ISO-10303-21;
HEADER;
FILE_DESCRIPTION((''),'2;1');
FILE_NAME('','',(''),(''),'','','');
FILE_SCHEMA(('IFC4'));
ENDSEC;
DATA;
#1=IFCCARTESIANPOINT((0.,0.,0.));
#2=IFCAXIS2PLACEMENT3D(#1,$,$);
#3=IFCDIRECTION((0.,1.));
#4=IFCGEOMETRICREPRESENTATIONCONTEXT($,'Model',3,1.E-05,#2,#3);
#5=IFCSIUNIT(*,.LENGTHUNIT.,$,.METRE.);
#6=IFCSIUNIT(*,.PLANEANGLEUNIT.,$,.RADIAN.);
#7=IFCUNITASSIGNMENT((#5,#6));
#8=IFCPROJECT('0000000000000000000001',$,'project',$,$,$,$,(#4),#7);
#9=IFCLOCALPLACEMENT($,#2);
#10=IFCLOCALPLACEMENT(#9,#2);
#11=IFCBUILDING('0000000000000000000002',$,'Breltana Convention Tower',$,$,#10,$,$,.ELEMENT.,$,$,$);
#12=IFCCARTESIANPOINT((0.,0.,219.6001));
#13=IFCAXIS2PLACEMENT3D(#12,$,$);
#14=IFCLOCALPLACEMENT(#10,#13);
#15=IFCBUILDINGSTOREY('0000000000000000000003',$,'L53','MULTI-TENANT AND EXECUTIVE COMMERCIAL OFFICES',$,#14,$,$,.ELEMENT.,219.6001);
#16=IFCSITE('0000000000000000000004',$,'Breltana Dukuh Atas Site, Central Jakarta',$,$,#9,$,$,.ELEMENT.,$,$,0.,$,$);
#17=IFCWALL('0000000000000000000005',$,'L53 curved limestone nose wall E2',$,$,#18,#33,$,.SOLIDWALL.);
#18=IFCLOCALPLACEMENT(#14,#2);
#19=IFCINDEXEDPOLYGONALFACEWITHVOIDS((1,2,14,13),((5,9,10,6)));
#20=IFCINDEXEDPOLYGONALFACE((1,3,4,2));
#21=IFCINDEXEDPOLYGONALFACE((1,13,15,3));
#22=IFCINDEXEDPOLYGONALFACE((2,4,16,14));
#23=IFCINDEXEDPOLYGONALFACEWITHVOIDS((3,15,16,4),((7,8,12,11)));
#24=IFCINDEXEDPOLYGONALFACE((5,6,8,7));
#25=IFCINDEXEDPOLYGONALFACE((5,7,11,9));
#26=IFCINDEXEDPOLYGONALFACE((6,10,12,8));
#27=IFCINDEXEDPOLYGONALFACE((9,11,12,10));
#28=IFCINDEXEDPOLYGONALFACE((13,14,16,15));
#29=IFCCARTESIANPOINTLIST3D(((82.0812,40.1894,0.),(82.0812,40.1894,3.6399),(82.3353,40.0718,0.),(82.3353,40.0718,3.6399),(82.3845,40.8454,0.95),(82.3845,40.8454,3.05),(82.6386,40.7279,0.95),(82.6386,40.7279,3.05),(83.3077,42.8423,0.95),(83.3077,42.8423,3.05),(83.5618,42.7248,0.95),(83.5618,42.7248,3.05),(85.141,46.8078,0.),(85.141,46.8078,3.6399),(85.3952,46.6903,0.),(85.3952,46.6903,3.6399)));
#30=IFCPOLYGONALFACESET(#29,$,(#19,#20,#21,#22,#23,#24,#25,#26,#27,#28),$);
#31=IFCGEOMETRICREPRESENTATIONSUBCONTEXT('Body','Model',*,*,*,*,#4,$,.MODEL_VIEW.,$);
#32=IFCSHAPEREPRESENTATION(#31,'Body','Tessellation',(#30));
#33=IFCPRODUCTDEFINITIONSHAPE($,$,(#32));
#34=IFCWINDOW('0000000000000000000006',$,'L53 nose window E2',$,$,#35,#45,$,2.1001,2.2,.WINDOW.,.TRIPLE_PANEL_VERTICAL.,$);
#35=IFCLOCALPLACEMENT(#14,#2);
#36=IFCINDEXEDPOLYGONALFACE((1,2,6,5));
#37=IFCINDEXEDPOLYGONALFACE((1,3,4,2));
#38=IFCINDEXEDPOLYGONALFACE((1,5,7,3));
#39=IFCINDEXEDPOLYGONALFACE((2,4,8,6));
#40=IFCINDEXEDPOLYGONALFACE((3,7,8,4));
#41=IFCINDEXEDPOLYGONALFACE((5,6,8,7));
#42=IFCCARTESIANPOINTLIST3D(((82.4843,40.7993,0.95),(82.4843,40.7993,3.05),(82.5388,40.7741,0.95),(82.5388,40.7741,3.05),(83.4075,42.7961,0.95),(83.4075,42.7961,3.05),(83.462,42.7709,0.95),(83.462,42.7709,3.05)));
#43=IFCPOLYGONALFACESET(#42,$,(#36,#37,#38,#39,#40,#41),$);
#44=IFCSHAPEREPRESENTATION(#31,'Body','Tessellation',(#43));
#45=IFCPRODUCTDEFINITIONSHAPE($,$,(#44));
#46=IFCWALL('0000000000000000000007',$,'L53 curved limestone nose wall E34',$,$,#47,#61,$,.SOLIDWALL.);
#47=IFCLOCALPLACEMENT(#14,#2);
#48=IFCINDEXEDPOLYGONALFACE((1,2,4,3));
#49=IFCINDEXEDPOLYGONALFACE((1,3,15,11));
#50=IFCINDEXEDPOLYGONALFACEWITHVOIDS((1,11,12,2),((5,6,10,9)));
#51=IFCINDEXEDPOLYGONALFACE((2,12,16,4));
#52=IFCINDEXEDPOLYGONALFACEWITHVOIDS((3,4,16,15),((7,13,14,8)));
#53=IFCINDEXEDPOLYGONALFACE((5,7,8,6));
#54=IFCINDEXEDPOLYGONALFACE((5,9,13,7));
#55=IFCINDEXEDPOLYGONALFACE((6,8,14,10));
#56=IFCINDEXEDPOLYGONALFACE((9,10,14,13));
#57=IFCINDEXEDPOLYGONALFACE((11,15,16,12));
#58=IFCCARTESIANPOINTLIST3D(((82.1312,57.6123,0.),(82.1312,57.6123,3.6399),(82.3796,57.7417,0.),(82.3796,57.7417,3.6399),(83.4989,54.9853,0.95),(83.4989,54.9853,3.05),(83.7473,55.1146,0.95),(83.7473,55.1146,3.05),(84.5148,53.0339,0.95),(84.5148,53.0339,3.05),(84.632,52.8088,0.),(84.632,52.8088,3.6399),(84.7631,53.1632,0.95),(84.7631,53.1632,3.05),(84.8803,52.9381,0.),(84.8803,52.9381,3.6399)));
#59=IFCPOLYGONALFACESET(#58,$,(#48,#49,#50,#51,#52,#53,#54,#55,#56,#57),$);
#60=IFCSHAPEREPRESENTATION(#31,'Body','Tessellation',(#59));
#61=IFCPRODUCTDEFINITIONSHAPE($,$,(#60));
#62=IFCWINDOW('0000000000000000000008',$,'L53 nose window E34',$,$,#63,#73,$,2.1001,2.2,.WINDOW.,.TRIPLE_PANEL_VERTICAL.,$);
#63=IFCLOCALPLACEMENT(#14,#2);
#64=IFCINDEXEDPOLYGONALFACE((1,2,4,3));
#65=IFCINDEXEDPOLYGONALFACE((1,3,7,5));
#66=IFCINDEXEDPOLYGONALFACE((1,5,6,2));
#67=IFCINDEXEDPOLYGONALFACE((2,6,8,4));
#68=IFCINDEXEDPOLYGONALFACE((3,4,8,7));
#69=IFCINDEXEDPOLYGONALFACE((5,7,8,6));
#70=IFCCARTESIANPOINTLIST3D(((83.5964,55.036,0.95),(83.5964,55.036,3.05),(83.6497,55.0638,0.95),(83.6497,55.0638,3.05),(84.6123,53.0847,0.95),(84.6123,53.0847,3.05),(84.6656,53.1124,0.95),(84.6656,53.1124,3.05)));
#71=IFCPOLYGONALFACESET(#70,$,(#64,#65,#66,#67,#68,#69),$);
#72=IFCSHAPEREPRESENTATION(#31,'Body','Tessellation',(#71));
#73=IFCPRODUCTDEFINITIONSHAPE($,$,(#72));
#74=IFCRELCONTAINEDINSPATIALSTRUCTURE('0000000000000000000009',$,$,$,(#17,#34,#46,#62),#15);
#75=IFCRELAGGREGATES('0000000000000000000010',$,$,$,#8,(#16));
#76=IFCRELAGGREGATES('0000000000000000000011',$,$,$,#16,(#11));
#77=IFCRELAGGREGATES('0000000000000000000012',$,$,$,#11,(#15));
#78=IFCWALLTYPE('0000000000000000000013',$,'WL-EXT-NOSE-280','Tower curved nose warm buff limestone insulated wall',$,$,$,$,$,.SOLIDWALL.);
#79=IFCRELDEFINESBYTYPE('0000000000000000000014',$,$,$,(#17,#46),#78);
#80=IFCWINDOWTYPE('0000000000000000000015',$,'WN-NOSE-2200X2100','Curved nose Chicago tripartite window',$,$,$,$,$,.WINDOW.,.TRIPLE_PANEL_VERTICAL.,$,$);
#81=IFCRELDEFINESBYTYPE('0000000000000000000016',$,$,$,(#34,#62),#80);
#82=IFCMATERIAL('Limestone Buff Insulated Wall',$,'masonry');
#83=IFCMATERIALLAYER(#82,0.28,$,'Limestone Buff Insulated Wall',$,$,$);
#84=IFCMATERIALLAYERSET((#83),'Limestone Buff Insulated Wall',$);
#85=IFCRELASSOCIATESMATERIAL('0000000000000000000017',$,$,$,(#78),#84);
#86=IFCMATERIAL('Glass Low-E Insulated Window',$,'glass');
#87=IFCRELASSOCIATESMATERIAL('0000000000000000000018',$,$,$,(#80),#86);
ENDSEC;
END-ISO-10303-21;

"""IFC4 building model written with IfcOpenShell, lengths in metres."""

from ifc_helpers import new_model, si_unit, direction, frame, frame_2d, origin, place, context, subcontext, project, spatial, rectangle, extrude, source, transform, mapped, material, layer, layer_set, type_object, type_shapes, element, fill, save


model = new_model("IFC4")

# Units and contexts
model_context = context("Model", 3, precision=1e-05, world=origin(), true_north=direction((0.0, 1.0)))
body_context = subcontext(model_context, "Body", "Model", "MODEL_VIEW")
ifc_project = project(units=[si_unit("LENGTHUNIT", "METRE"), si_unit("PLANEANGLEUNIT", "RADIAN")], contexts=[model_context])

# Site, building, storey
site_placement = place(None, origin())
site = spatial("IfcSite", under=ifc_project, at=site_placement, Name="Breltana Dukuh Atas Site, Central Jakarta", CompositionType="ELEMENT", RefElevation=0.0)
building_placement = place(site_placement, origin())
building = spatial("IfcBuilding", under=site, at=building_placement, Name="Breltana Convention Tower", CompositionType="ELEMENT")
storey_placement = place(building_placement, frame((0.0, 0.0, 219.6001)))
storey = spatial("IfcBuildingStorey", under=building, at=storey_placement, Name="L53", Description="MULTI-TENANT AND EXECUTIVE COMMERCIAL OFFICES", CompositionType="ELEMENT", Elevation=219.6001)

# Walls, openings, windows
ifc_material_1 = material(Name="Limestone Buff Insulated Wall", Category="masonry")
ifc_layer_1 = layer(ifc_material_1, 0.28, Name="Limestone Buff Insulated Wall")
ifc_layer_set_1 = layer_set([ifc_layer_1], Name="Limestone Buff Insulated Wall")
wall_type = type_object("IfcWallType", Name="WL-EXT-NOSE-280", Description="Tower curved nose warm buff limestone insulated wall", PredefinedType="SOLIDWALL", material=ifc_layer_set_1)
ifc_material_2 = material(Name="Glass Low-E Insulated Window", Category="glass")
window_type = type_object("IfcWindowType", Name="WN-NOSE-2200X2100", Description="Curved nose Chicago tripartite window", PartitioningType="TRIPLE_PANEL_VERTICAL", PredefinedType="WINDOW", material=ifc_material_2)
shared_shape_1 = source(origin(), body_context, "Body", "SweptSolid", [
    extrude(rectangle(XDim=2.2, YDim=2.1001, at=frame_2d((1.1001, 1.05))), frame((0.0, 0.03, 0.0), z_axis=(0.0, -1.0, 0.0), x_axis=(1.0, 0.0, 0.0)), (0.0, 0.0, 1.0), 0.0601),
])
type_shapes(window_type, [shared_shape_1])
shared_shape_2 = source(origin(), body_context, "Body", "SweptSolid", [
    extrude(rectangle(XDim=7.2915, YDim=0.28, at=frame_2d((3.6458, 0.0))), origin(), (0.0, 0.0, 1.0), 3.6399),
])
wall_1_placement = place(storey_placement, frame((85.2681, 46.749, 0.0), z_axis=(0.0, 0.0, 1.0), x_axis=(-0.419642, -0.90769, 0.0)))
wall_1 = element("IfcWall", 1, at=wall_1_placement, inside=storey, type_object=wall_type, Name="L53 curved limestone nose wall E2", PredefinedType="SOLIDWALL", context=body_context, shape_type="MappedRepresentation", body=[
    mapped(shared_shape_2, transform((0.0, 0.0, 0.0), scale=1.0)),
])
opening_1_placement = place(wall_1_placement, frame((4.3687, 0.0, 0.95)))
opening_1 = element("IfcOpeningElement", 2, at=opening_1_placement, cuts=wall_1, PredefinedType="OPENING", context=body_context, shape_type="SweptSolid", body=[
    extrude(rectangle(XDim=2.2, YDim=2.1001, at=frame_2d((1.1001, 1.05))), frame((0.0, 0.1499, 0.0), z_axis=(0.0, -1.0, 0.0), x_axis=(1.0, 0.0, 0.0)), (0.0, 0.0, 1.0), 0.3),
])
window_1_placement = place(opening_1_placement, origin())
window_1 = element("IfcWindow", 3, at=window_1_placement, inside=storey, type_object=window_type, Name="L53 nose window E2", OverallHeight=2.1001, OverallWidth=2.2, PartitioningType="TRIPLE_PANEL_VERTICAL", PredefinedType="WINDOW", context=body_context, shape_type="MappedRepresentation", body=[
    mapped(shared_shape_1, transform((0.0, 0.0, 0.0), scale=1.0)),
])
fill(opening_1, window_1)
shared_shape_3 = source(origin(), body_context, "Body", "SweptSolid", [
    extrude(rectangle(XDim=5.4155, YDim=0.28, at=frame_2d((2.7078, 0.0))), origin(), (0.0, 0.0, 1.0), 3.6399),
])
wall_2_placement = place(storey_placement, frame((82.2554, 57.677, 0.0), z_axis=(0.0, 0.0, 1.0), x_axis=(0.461779, -0.886995, 0.0)))
wall_2 = element("IfcWall", 4, at=wall_2_placement, inside=storey, type_object=wall_type, Name="L53 curved limestone nose wall E34", PredefinedType="SOLIDWALL", context=body_context, shape_type="MappedRepresentation", body=[
    mapped(shared_shape_3, transform((0.0, 0.0, 0.0), scale=1.0)),
])
opening_2_placement = place(wall_2_placement, frame((2.9617, 0.0, 0.95)))
opening_2 = element("IfcOpeningElement", 5, at=opening_2_placement, cuts=wall_2, PredefinedType="OPENING", context=body_context, shape_type="SweptSolid", body=[
    extrude(rectangle(XDim=2.2, YDim=2.1001, at=frame_2d((1.1001, 1.05))), frame((0.0, 0.1499, 0.0), z_axis=(0.0, -1.0, 0.0), x_axis=(1.0, 0.0, 0.0)), (0.0, 0.0, 1.0), 0.3),
])
window_2_placement = place(opening_2_placement, origin())
window_2 = element("IfcWindow", 6, at=window_2_placement, inside=storey, type_object=window_type, Name="L53 nose window E34", OverallHeight=2.1001, OverallWidth=2.2, PartitioningType="TRIPLE_PANEL_VERTICAL", PredefinedType="WINDOW", context=body_context, shape_type="MappedRepresentation", body=[
    mapped(shared_shape_1, transform((0.0, 0.0, 0.0), scale=1.0)),
])
fill(opening_2, window_2)

save(model, "model.ifc")
